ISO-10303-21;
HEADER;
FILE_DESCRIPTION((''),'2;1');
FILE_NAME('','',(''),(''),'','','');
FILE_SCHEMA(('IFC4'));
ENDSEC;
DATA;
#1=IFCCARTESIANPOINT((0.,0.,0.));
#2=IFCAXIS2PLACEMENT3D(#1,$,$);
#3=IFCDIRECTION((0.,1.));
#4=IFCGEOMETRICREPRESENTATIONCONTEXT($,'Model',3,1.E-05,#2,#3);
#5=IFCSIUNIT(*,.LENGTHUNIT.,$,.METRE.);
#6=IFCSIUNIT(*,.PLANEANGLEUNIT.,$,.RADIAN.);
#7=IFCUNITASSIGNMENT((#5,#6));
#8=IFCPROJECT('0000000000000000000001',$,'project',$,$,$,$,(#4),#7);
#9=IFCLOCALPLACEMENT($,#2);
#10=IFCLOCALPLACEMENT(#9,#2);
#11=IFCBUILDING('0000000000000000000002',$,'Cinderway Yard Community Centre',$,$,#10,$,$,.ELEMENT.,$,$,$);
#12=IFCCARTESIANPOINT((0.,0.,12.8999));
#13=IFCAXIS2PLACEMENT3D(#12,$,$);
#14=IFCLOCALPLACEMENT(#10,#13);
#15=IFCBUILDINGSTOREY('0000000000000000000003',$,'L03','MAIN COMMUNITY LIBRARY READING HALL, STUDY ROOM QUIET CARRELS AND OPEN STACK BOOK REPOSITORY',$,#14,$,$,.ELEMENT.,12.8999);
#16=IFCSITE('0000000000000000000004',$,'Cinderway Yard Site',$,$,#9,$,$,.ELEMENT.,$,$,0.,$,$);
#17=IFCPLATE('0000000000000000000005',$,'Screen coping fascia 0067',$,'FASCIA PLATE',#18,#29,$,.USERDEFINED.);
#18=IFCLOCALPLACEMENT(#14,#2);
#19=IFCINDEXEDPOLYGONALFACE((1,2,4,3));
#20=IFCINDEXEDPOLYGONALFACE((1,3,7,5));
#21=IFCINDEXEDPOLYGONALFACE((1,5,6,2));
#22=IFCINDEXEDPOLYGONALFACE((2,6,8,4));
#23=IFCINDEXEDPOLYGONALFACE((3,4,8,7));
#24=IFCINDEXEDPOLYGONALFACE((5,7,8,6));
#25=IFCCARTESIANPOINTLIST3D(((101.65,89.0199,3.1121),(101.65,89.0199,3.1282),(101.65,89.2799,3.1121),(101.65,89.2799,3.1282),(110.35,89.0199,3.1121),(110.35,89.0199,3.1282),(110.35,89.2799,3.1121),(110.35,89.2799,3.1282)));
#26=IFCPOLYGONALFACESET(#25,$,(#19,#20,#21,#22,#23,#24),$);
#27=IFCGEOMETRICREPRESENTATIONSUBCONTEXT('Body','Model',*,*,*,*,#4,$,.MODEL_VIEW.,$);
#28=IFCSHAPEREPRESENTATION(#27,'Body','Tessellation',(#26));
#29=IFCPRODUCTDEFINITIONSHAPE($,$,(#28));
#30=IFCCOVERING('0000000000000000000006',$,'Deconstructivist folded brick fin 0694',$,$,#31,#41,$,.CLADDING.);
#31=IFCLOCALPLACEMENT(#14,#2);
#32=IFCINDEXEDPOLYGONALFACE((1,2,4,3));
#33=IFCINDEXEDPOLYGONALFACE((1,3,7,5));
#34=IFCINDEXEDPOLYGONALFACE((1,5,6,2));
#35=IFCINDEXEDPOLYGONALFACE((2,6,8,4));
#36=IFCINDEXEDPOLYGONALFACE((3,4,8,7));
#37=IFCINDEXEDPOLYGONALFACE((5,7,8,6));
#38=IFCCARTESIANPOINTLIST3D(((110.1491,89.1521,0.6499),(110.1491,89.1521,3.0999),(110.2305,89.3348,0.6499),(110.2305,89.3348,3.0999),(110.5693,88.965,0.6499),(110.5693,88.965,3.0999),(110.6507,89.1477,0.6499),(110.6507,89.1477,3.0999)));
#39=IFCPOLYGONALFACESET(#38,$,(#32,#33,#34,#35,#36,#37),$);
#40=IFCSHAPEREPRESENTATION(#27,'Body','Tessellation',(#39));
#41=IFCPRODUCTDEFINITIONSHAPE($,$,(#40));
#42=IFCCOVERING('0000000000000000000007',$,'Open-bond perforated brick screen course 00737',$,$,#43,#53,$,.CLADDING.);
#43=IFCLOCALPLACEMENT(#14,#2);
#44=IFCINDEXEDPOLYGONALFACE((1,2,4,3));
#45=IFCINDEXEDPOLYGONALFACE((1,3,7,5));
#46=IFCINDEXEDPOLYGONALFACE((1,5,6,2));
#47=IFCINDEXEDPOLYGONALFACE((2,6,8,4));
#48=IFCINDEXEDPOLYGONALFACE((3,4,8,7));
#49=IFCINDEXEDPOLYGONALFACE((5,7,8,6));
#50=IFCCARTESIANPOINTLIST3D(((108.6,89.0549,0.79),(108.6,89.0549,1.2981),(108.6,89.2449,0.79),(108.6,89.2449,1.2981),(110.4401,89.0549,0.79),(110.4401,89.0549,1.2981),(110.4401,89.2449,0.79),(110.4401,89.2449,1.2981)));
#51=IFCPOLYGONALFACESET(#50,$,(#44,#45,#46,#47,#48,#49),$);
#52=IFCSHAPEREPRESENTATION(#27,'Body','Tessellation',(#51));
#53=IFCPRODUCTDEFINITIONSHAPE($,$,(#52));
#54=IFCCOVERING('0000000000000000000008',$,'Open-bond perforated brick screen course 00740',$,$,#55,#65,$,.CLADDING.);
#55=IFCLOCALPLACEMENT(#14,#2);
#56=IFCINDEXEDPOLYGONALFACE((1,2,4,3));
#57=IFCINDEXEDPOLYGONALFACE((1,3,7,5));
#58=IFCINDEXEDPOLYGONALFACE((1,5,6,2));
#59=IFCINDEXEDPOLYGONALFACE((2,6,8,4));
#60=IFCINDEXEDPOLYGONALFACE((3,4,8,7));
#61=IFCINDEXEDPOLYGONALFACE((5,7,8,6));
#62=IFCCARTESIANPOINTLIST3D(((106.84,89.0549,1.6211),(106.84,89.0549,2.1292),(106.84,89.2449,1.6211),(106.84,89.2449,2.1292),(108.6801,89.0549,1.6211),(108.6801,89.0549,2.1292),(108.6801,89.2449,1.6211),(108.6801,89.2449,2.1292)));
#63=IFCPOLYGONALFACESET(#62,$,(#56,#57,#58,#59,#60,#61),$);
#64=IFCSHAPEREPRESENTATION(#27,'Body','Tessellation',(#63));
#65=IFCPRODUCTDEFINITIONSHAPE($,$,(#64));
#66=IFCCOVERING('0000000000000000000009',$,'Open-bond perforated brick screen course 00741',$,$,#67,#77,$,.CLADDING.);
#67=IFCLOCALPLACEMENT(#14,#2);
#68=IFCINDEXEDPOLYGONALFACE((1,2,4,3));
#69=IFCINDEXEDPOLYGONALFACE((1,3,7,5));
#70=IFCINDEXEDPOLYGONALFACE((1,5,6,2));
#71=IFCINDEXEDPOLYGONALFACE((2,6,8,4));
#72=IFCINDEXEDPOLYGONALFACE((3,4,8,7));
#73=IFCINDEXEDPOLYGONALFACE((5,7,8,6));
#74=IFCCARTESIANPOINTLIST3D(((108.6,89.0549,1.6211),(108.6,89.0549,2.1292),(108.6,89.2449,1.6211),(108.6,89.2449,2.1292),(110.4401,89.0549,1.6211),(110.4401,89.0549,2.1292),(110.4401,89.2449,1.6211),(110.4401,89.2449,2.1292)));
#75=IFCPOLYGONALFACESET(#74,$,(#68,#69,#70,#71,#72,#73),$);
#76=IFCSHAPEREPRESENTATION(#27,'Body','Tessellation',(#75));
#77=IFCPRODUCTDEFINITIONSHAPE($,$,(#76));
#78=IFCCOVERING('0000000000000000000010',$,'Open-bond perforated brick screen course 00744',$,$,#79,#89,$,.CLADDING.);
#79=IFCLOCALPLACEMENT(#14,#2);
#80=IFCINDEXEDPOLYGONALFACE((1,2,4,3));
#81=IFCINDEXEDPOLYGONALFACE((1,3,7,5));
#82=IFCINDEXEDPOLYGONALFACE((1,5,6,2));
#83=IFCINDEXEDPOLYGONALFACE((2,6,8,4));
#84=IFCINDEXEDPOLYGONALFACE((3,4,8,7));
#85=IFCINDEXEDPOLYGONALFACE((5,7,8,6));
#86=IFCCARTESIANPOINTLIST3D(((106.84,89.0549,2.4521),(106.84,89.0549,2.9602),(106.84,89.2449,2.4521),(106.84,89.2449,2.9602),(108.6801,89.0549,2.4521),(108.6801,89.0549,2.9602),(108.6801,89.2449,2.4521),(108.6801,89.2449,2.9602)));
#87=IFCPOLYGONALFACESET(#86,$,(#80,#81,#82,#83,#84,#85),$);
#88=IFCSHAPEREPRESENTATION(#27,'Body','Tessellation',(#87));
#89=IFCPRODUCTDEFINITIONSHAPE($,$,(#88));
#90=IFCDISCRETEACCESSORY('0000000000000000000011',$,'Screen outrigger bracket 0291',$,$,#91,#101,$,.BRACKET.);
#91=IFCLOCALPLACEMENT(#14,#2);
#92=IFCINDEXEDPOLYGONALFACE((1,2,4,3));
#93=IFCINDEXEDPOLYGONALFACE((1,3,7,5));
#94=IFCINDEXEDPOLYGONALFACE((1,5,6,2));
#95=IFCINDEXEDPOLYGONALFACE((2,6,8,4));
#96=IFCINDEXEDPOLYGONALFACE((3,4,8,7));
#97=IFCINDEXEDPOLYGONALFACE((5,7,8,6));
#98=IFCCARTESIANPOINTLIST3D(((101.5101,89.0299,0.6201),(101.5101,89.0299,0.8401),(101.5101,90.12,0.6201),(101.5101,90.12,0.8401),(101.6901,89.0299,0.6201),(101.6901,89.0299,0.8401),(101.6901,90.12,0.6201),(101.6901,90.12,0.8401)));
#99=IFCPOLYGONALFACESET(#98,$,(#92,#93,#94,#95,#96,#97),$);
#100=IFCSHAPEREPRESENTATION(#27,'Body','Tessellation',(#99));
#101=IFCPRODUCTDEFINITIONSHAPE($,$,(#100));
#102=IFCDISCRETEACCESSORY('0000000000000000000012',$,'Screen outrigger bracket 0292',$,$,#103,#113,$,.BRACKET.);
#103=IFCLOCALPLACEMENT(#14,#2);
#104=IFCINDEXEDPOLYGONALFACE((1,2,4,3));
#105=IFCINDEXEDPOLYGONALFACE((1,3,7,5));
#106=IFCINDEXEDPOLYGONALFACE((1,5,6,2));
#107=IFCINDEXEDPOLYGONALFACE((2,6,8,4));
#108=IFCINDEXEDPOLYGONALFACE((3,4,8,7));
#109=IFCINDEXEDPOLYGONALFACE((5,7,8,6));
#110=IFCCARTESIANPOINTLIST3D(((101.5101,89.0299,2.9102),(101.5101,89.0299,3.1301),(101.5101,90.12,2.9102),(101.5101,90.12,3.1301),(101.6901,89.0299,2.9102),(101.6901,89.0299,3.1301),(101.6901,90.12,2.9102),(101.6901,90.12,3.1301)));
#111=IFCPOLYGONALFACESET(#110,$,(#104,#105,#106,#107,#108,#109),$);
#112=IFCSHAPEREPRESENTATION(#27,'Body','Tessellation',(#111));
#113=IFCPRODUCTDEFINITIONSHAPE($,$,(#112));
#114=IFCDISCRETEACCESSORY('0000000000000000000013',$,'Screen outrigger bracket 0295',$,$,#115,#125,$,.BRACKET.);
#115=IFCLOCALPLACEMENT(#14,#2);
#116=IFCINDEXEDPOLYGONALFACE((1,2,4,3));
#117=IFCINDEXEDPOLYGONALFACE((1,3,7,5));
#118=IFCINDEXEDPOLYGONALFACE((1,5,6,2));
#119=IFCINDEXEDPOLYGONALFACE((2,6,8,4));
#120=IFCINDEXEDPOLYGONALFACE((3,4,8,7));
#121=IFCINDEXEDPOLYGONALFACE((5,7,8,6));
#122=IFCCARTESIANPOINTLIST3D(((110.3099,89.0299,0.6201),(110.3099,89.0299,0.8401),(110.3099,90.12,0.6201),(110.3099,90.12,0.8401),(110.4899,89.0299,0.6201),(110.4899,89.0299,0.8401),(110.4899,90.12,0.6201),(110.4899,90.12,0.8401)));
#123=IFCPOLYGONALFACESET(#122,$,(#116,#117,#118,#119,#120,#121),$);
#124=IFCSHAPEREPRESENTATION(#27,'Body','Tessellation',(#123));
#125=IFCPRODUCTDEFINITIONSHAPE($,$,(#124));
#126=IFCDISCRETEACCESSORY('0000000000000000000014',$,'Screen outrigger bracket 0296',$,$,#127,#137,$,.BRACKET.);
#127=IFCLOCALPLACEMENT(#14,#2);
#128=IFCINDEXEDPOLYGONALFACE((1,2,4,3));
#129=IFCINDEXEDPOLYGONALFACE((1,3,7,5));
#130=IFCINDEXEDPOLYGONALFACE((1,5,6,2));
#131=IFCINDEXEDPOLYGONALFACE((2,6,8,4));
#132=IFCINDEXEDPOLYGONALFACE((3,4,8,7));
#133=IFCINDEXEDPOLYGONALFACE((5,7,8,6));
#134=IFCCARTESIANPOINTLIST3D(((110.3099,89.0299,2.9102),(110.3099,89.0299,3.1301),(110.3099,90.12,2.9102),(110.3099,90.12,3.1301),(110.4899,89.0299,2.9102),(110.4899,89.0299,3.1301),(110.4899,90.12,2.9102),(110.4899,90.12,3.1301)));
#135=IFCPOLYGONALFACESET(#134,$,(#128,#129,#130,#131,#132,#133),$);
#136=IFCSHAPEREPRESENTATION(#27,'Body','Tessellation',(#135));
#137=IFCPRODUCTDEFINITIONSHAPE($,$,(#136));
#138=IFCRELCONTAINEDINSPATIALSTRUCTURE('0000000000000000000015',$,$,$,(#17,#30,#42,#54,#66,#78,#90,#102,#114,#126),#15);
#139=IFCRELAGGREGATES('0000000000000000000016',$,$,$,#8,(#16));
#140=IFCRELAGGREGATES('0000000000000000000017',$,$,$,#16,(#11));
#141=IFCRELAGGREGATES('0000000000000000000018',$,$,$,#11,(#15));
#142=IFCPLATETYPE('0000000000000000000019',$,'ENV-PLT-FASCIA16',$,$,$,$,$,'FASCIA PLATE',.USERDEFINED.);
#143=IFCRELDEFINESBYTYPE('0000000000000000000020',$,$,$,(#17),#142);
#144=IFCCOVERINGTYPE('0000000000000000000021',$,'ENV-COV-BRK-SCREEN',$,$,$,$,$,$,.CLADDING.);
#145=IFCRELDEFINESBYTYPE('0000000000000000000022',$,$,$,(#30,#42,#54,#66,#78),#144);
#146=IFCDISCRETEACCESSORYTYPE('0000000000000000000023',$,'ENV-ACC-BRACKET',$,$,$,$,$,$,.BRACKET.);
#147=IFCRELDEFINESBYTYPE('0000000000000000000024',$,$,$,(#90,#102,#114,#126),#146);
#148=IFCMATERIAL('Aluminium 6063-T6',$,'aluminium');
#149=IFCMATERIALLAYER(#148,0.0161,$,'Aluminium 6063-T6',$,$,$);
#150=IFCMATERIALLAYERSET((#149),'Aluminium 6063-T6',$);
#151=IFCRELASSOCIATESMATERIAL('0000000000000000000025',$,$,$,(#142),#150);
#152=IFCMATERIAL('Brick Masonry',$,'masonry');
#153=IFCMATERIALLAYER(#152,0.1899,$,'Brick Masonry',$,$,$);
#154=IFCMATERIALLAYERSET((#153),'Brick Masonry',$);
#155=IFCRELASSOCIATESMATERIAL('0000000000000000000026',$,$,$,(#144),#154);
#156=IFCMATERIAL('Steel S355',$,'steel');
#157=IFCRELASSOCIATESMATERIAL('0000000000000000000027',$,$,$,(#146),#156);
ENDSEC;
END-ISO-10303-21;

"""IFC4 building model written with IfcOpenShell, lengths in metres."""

from ifc_helpers import new_model, si_unit, direction, frame, origin, origin_2d, place, context, subcontext, project, spatial, rectangle, extrude, material, layer, layer_set, type_object, element, save


model = new_model("IFC4")

# Units and contexts
model_context = context("Model", 3, precision=1e-05, world=origin(), true_north=direction((0.0, 1.0)))
body_context = subcontext(model_context, "Body", "Model", "MODEL_VIEW")
ifc_project = project(units=[si_unit("LENGTHUNIT", "METRE"), si_unit("PLANEANGLEUNIT", "RADIAN")], contexts=[model_context])

# Site, building, storey
site_placement = place(None, origin())
site = spatial("IfcSite", under=ifc_project, at=site_placement, Name="Cinderway Yard Site", CompositionType="ELEMENT", RefElevation=0.0)
building_placement = place(site_placement, origin())
building = spatial("IfcBuilding", under=site, at=building_placement, Name="Cinderway Yard Community Centre", CompositionType="ELEMENT")
storey_placement = place(building_placement, frame((0.0, 0.0, 12.8999)))
storey = spatial("IfcBuildingStorey", under=building, at=storey_placement, Name="L03", Description="MAIN COMMUNITY LIBRARY READING HALL, STUDY ROOM QUIET CARRELS AND OPEN STACK BOOK REPOSITORY", CompositionType="ELEMENT", Elevation=12.8999)

# Shared definitions
ifc_material_1 = material(Name="Aluminium 6063-T6", Category="aluminium")

# Shared definitions
ifc_material_2 = material(Name="Steel S355", Category="steel")

# Plate
ifc_layer_1 = layer(ifc_material_1, 0.0161, Name="Aluminium 6063-T6")
ifc_layer_set_1 = layer_set([ifc_layer_1], Name="Aluminium 6063-T6")
plate_type_1 = type_object("IfcPlateType", Name="ENV-PLT-FASCIA16", ElementType="FASCIA PLATE", PredefinedType="USERDEFINED", material=ifc_layer_set_1)
plate_1_placement = place(storey_placement, frame((106.0, 89.1499, 3.1121), z_axis=(0.0, 0.0, 1.0), x_axis=(-1.0, 0.0, 0.0)))
element("IfcPlate", 1, at=plate_1_placement, inside=storey, type_object=plate_type_1, Name="Screen coping fascia 0067", ObjectType="FASCIA PLATE", PredefinedType="USERDEFINED", context=body_context, shape_type="SweptSolid", body=[
    extrude(rectangle(XDim=8.7, YDim=0.26, at=origin_2d()), origin(), (0.0, 0.0, 1.0), 0.0161),
])

# Coverings
ifc_material_3 = material(Name="Brick Masonry", Category="masonry")
ifc_layer_2 = layer(ifc_material_3, 0.1899, Name="Brick Masonry")
ifc_layer_set_2 = layer_set([ifc_layer_2], Name="Brick Masonry")
covering_type = type_object("IfcCoveringType", Name="ENV-COV-BRK-SCREEN", PredefinedType="CLADDING", material=ifc_layer_set_2)
covering_placement = place(storey_placement, frame((110.3999, 89.1499, 0.6499), z_axis=(0.0, 0.0, 1.0), x_axis=(-0.913545, 0.406737, 0.0)))
element("IfcCovering", 2, at=covering_placement, inside=storey, type_object=covering_type, Name="Deconstructivist folded brick fin 0694", PredefinedType="CLADDING", context=body_context, shape_type="SweptSolid", body=[
    extrude(rectangle(XDim=0.46, YDim=0.2, at=origin_2d()), origin(), (0.0, 0.0, 1.0), 2.45),
])
for number, where, z_axis, x_axis, name in (
    (3, (109.52, 89.1499, 0.79), (0.0, 0.0, 1.0), (-1.0, 0.0, 0.0), "Open-bond perforated brick screen course 00737"),
    (4, (107.76, 89.1499, 1.6211), (0.0, 0.0, 1.0), (-1.0, 0.0, 0.0), "Open-bond perforated brick screen course 00740"),
    (5, (109.52, 89.1499, 1.6211), (0.0, 0.0, 1.0), (-1.0, 0.0, 0.0), "Open-bond perforated brick screen course 00741"),
    (6, (107.76, 89.1499, 2.4521), (0.0, 0.0, 1.0), (-1.0, 0.0, 0.0), "Open-bond perforated brick screen course 00744"),
):
    element("IfcCovering", number, at=place(storey_placement, frame(where, z_axis=z_axis, x_axis=x_axis)), inside=storey, type_object=covering_type, Name=name, PredefinedType="CLADDING", context=body_context, shape_type="SweptSolid", body=[
        extrude(rectangle(XDim=1.8401, YDim=0.1899, at=origin_2d()), origin(), (0.0, 0.0, 1.0), 0.5081),
    ])

# Discrete accessories
discrete_accessory_type = type_object("IfcDiscreteAccessoryType", Name="ENV-ACC-BRACKET", PredefinedType="BRACKET", material=ifc_material_2)
for number, where, z_axis, x_axis, name in (
    (7, (101.6001, 89.575, 0.6201), (0.0, 0.0, 1.0), (0.0, -1.0, 0.0), "Screen outrigger bracket 0291"),
    (8, (101.6001, 89.575, 2.9102), (0.0, 0.0, 1.0), (0.0, -1.0, 0.0), "Screen outrigger bracket 0292"),
    (9, (110.3999, 89.575, 0.6201), (0.0, 0.0, 1.0), (0.0, -1.0, 0.0), "Screen outrigger bracket 0295"),
    (10, (110.3999, 89.575, 2.9102), (0.0, 0.0, 1.0), (0.0, -1.0, 0.0), "Screen outrigger bracket 0296"),
):
    element("IfcDiscreteAccessory", number, at=place(storey_placement, frame(where, z_axis=z_axis, x_axis=x_axis)), inside=storey, type_object=discrete_accessory_type, Name=name, PredefinedType="BRACKET", context=body_context, shape_type="SweptSolid", body=[
        extrude(rectangle(XDim=1.0901, YDim=0.1799, at=origin_2d()), origin(), (0.0, 0.0, 1.0), 0.22),
    ])

save(model, "model.ifc")
